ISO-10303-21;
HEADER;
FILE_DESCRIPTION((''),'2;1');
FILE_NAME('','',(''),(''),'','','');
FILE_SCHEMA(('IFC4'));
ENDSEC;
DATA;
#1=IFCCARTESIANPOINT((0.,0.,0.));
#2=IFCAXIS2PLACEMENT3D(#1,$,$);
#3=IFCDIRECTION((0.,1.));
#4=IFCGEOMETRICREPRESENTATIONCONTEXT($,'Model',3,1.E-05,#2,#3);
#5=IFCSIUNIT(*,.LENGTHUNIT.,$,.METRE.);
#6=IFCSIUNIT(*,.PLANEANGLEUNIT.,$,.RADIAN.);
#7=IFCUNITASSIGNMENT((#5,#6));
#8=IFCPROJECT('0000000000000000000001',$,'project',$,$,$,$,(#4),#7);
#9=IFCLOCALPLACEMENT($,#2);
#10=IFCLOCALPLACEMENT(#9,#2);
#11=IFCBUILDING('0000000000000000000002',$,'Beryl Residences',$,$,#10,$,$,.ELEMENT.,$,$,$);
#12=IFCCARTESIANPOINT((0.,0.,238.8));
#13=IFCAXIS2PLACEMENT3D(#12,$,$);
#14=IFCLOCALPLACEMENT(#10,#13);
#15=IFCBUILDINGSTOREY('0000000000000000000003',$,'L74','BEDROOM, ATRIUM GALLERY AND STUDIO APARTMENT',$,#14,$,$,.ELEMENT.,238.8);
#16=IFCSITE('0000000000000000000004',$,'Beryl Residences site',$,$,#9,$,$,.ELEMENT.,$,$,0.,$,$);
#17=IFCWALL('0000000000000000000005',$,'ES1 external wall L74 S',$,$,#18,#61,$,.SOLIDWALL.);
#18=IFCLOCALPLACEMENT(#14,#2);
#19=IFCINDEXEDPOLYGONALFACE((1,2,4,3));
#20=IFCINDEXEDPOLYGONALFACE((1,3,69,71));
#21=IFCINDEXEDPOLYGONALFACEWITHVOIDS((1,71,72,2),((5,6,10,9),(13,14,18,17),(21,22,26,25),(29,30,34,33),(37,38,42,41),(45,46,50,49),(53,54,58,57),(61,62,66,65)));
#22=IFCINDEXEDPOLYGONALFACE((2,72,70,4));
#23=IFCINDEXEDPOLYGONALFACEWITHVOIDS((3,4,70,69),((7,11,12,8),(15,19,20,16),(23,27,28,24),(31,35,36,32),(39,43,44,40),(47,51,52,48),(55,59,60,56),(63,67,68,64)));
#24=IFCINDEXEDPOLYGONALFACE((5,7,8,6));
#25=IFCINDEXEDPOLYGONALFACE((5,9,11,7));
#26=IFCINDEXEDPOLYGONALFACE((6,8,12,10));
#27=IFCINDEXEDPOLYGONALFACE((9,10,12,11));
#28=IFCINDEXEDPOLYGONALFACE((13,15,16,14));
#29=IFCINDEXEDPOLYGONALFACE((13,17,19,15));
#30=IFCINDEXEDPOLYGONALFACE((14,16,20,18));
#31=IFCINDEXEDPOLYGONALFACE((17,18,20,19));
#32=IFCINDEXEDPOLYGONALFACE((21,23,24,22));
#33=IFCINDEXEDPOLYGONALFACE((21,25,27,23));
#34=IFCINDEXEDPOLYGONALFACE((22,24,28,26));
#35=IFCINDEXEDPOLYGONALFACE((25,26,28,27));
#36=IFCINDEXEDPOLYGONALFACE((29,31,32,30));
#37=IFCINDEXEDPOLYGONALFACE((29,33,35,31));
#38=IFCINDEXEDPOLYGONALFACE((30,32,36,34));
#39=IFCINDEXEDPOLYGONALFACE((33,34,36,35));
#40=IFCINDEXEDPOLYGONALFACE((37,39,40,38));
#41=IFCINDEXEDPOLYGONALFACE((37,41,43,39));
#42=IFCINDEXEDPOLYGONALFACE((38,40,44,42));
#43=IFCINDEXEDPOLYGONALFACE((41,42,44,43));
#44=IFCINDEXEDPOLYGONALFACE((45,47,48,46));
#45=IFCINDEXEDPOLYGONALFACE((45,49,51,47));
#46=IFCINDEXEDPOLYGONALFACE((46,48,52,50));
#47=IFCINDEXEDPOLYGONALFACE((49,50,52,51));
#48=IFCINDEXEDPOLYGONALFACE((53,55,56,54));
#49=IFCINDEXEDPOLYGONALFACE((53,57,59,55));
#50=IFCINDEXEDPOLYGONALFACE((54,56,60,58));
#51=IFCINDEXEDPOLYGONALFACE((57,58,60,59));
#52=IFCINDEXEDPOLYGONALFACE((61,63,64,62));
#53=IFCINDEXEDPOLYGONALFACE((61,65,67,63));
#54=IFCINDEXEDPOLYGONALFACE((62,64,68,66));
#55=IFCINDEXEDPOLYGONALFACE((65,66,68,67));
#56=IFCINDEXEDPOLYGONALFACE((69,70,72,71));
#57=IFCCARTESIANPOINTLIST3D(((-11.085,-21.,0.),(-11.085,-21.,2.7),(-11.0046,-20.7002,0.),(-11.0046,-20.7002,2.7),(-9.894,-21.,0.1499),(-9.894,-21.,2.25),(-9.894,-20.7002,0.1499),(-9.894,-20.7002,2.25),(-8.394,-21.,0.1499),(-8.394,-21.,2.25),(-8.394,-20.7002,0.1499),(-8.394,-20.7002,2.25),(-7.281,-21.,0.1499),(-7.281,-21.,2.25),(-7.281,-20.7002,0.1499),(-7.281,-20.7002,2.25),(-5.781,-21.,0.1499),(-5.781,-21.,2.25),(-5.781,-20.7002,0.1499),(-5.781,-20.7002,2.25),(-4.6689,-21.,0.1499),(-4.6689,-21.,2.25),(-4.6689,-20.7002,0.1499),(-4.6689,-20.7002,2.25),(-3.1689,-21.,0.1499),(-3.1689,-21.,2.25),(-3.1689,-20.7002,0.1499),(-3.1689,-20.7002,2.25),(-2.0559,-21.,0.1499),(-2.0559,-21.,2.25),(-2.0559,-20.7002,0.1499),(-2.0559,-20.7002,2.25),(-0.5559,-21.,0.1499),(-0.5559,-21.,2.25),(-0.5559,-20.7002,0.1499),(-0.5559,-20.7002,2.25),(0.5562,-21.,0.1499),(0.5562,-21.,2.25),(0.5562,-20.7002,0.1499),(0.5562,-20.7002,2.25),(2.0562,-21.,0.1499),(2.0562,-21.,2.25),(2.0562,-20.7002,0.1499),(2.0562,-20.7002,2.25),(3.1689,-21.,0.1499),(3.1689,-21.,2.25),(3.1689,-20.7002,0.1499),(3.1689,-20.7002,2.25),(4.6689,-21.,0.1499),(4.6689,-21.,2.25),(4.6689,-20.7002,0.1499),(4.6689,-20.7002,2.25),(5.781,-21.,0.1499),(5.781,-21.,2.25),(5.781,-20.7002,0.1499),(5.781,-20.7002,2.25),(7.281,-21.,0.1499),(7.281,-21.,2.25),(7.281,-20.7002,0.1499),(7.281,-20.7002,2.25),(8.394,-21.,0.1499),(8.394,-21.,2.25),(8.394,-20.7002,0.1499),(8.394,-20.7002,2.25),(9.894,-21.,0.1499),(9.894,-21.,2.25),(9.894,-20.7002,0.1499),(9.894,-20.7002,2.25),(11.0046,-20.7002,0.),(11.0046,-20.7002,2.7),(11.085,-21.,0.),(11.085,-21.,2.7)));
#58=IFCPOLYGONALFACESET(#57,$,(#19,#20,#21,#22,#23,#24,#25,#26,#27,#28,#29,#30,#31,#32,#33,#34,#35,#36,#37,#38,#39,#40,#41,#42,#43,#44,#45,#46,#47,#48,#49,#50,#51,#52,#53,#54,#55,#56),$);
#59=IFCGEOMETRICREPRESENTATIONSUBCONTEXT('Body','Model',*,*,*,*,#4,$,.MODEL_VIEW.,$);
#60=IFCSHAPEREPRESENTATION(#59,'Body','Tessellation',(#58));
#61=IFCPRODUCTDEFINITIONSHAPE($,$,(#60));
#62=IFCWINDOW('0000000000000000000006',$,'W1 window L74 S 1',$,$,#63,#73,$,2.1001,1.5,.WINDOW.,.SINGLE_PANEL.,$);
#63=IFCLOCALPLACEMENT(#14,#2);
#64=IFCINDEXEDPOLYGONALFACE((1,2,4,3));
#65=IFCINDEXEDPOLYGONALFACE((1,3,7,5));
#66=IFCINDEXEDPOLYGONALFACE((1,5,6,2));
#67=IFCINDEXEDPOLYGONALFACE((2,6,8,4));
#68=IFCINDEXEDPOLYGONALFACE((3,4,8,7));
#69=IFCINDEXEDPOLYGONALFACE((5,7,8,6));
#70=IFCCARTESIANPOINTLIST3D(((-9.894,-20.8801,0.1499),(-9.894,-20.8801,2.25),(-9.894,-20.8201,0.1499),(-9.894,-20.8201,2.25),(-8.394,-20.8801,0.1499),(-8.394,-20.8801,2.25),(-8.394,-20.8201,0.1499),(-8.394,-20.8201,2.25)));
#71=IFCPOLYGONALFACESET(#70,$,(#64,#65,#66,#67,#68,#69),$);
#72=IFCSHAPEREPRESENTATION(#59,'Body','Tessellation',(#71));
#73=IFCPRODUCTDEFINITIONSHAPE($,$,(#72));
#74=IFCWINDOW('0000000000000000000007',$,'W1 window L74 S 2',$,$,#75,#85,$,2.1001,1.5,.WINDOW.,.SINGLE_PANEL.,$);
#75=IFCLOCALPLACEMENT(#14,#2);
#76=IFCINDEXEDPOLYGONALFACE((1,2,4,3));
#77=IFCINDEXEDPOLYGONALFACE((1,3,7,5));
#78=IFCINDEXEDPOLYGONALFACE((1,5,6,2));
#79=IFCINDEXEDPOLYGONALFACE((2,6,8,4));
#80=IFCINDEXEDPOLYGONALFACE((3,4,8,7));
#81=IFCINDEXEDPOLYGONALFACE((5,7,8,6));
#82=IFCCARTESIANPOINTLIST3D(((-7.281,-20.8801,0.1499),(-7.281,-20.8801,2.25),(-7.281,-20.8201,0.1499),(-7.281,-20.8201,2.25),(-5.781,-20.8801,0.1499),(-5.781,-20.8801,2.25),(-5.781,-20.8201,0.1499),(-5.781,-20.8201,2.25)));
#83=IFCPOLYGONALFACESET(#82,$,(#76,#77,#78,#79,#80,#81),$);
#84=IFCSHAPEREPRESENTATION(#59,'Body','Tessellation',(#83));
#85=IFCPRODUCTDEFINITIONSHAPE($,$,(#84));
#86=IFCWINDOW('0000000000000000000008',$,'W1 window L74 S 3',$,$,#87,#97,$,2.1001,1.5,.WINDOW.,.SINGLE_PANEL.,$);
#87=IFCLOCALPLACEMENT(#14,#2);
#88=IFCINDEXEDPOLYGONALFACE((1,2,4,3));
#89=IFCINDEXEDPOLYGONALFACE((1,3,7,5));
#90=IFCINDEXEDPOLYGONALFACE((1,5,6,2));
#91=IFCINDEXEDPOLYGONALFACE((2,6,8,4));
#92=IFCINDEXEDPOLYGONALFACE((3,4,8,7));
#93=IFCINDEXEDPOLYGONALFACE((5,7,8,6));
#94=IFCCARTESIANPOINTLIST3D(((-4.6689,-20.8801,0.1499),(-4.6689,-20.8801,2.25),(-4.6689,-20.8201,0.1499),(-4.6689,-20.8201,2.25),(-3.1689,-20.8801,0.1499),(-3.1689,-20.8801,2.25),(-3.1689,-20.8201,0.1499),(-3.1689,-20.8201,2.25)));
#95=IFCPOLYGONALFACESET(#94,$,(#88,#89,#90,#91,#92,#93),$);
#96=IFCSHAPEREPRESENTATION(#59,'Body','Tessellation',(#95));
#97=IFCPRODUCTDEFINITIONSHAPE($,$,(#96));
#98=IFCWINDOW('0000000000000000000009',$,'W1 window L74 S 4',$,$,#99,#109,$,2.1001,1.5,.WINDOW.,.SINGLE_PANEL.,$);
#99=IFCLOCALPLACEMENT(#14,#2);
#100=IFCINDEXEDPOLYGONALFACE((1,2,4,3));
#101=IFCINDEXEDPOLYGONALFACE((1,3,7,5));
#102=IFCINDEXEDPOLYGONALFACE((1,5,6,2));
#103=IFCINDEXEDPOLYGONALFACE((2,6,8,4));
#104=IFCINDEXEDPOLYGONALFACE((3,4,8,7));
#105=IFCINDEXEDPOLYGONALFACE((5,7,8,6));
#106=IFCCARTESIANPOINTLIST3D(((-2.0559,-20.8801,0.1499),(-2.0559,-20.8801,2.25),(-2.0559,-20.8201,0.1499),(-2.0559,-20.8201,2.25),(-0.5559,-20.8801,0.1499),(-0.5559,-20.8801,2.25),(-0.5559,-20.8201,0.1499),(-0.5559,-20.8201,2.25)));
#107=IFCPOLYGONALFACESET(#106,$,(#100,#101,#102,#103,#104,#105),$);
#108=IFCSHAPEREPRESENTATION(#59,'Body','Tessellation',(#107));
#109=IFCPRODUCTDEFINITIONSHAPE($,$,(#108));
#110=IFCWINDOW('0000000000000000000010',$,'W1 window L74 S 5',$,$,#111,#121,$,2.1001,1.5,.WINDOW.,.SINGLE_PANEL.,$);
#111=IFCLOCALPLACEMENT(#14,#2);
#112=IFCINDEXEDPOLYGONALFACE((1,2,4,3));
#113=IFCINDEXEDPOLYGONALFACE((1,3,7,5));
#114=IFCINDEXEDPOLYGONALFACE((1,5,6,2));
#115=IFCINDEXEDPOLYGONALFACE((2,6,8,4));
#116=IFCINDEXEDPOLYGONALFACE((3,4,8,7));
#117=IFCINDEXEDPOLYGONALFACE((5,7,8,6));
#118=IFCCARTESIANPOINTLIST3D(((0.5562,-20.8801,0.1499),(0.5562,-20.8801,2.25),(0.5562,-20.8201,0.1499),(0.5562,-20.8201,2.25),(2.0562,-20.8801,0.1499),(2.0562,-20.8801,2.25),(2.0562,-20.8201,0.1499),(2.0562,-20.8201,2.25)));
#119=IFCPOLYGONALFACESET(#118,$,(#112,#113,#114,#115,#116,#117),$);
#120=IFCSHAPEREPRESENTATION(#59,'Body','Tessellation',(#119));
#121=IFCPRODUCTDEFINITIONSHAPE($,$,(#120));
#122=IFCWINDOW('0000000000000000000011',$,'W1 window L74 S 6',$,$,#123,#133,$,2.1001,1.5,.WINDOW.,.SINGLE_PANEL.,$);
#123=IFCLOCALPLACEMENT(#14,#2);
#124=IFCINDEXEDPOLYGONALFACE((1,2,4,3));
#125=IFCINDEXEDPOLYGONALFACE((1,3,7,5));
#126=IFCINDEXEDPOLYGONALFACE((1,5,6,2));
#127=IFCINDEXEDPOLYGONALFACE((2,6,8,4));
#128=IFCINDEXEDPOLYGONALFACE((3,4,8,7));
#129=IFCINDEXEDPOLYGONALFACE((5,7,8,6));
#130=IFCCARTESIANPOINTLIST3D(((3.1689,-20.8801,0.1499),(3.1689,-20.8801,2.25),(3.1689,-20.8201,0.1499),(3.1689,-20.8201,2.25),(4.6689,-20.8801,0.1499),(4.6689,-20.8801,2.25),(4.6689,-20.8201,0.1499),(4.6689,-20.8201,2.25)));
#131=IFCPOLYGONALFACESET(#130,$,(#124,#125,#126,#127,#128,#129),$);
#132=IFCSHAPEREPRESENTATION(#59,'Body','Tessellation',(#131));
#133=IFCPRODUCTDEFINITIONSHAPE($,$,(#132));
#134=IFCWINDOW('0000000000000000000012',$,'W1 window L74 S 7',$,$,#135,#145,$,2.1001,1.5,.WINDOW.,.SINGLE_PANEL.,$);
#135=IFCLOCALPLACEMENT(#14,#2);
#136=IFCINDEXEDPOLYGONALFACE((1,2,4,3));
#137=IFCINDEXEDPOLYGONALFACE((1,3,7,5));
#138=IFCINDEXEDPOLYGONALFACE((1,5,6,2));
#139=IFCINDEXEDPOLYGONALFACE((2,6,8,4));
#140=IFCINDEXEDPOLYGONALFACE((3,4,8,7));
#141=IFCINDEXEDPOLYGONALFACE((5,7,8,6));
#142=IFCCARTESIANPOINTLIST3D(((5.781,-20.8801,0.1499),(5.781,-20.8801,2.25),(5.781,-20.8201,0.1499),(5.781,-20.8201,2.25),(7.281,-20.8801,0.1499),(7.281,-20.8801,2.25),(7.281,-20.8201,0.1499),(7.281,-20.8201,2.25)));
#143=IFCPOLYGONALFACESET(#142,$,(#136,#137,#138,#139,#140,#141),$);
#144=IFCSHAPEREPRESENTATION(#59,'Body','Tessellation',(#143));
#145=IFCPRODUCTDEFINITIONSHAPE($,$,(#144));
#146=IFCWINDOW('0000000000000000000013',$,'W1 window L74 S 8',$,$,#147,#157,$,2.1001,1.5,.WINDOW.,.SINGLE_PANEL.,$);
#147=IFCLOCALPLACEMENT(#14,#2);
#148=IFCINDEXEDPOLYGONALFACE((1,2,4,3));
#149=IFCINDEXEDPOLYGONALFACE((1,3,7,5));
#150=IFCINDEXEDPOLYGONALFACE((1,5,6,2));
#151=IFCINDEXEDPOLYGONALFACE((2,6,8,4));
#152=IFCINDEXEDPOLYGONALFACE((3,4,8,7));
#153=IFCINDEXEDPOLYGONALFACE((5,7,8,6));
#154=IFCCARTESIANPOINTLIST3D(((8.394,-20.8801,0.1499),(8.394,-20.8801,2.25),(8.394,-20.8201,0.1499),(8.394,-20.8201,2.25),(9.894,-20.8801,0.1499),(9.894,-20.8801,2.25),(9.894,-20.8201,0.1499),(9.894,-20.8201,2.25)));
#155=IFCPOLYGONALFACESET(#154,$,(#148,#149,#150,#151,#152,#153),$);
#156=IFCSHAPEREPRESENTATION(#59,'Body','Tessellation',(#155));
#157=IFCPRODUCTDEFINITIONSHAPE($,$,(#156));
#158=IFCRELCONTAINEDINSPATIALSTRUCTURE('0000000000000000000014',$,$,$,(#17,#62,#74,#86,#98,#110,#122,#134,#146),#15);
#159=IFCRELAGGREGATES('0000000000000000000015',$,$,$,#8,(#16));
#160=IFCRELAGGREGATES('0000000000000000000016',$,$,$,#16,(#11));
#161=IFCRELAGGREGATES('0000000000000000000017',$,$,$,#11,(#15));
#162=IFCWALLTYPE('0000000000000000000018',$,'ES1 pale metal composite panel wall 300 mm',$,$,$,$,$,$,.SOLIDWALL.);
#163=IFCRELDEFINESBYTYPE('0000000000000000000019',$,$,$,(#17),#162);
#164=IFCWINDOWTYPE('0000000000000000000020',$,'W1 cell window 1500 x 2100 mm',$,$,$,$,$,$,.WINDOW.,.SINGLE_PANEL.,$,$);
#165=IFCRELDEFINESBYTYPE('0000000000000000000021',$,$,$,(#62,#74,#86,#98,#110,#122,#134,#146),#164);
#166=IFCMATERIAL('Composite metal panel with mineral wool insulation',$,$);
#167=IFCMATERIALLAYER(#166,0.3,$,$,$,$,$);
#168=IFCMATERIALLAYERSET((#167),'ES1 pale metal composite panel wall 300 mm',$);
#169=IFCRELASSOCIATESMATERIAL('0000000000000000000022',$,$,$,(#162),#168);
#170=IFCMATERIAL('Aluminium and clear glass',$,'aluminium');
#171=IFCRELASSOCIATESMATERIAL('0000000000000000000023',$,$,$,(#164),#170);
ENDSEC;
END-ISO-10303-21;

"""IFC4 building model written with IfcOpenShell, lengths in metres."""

from ifc_helpers import new_model, si_unit, direction, frame, frame_2d, origin, place, context, subcontext, project, spatial, polyline, rectangle, outline, extrude, material, layer, layer_set, type_object, element, fill, save


model = new_model("IFC4")

# Units and contexts
model_context = context("Model", 3, precision=1e-05, world=origin(), true_north=direction((0.0, 1.0)))
body_context = subcontext(model_context, "Body", "Model", "MODEL_VIEW")
ifc_project = project(units=[si_unit("LENGTHUNIT", "METRE"), si_unit("PLANEANGLEUNIT", "RADIAN")], contexts=[model_context])

# Site, building, storey
site_placement = place(None, origin())
site = spatial("IfcSite", under=ifc_project, at=site_placement, Name="Beryl Residences site", CompositionType="ELEMENT", RefElevation=0.0)
building_placement = place(site_placement, origin())
building = spatial("IfcBuilding", under=site, at=building_placement, Name="Beryl Residences", CompositionType="ELEMENT")
storey_placement = place(building_placement, frame((0.0, 0.0, 238.8)))
storey = spatial("IfcBuildingStorey", under=building, at=storey_placement, Name="L74", Description="BEDROOM, ATRIUM GALLERY AND STUDIO APARTMENT", CompositionType="ELEMENT", Elevation=238.8)

# Wall, openings, windows
ifc_material_1 = material(Name="Composite metal panel with mineral wool insulation")
ifc_layer_1 = layer(ifc_material_1, 0.3)
ifc_layer_set_1 = layer_set([ifc_layer_1], Name="ES1 pale metal composite panel wall 300 mm")
wall_type_1 = type_object("IfcWallType", Name="ES1 pale metal composite panel wall 300 mm", PredefinedType="SOLIDWALL", material=ifc_layer_set_1)
wall_1_placement = place(storey_placement, frame((-11.085, -20.8501, 0.0), z_axis=(0.0, 0.0, 1.0), x_axis=(1.0, 0.0, 0.0)))
wall_1 = element("IfcWall", 1, at=wall_1_placement, inside=storey, type_object=wall_type_1, Name="ES1 external wall L74 S", PredefinedType="SOLIDWALL", context=body_context, shape_type="SweptSolid", body=[
    extrude(outline(polyline([(0.0, -0.1499), (22.1699, -0.1499), (22.0896, 0.1499), (0.0803, 0.1499), (0.0, -0.1499)])), origin(), (0.0, 0.0, 1.0), 2.7),
])
opening_1_placement = place(wall_1_placement, frame((1.1909, 0.0, 0.1499)))
opening_1 = element("IfcOpeningElement", 2, at=opening_1_placement, cuts=wall_1, PredefinedType="OPENING", context=body_context, shape_type="SweptSolid", body=[
    extrude(rectangle(XDim=1.5, YDim=2.1001, at=frame_2d((0.75, 1.05))), frame((0.0, 0.1599, 0.0), z_axis=(0.0, -1.0, 0.0), x_axis=(1.0, 0.0, 0.0)), (0.0, 0.0, 1.0), 0.3201),
])
opening_2_placement = place(wall_1_placement, frame((3.804, 0.0, 0.1499)))
opening_2 = element("IfcOpeningElement", 3, at=opening_2_placement, cuts=wall_1, PredefinedType="OPENING", context=body_context, shape_type="SweptSolid", body=[
    extrude(rectangle(XDim=1.5, YDim=2.1001, at=frame_2d((0.75, 1.05))), frame((0.0, 0.1599, 0.0), z_axis=(0.0, -1.0, 0.0), x_axis=(1.0, 0.0, 0.0)), (0.0, 0.0, 1.0), 0.3201),
])
opening_3_placement = place(wall_1_placement, frame((6.416, 0.0, 0.1499)))
opening_3 = element("IfcOpeningElement", 4, at=opening_3_placement, cuts=wall_1, PredefinedType="OPENING", context=body_context, shape_type="SweptSolid", body=[
    extrude(rectangle(XDim=1.5, YDim=2.1001, at=frame_2d((0.75, 1.05))), frame((0.0, 0.1599, 0.0), z_axis=(0.0, -1.0, 0.0), x_axis=(1.0, 0.0, 0.0)), (0.0, 0.0, 1.0), 0.3201),
])
opening_4_placement = place(wall_1_placement, frame((9.0291, 0.0, 0.1499)))
opening_4 = element("IfcOpeningElement", 5, at=opening_4_placement, cuts=wall_1, PredefinedType="OPENING", context=body_context, shape_type="SweptSolid", body=[
    extrude(rectangle(XDim=1.5, YDim=2.1001, at=frame_2d((0.75, 1.05))), frame((0.0, 0.1599, 0.0), z_axis=(0.0, -1.0, 0.0), x_axis=(1.0, 0.0, 0.0)), (0.0, 0.0, 1.0), 0.3201),
])
opening_5_placement = place(wall_1_placement, frame((11.6411, 0.0, 0.1499)))
opening_5 = element("IfcOpeningElement", 6, at=opening_5_placement, cuts=wall_1, PredefinedType="OPENING", context=body_context, shape_type="SweptSolid", body=[
    extrude(rectangle(XDim=1.5, YDim=2.1001, at=frame_2d((0.75, 1.05))), frame((0.0, 0.1599, 0.0), z_axis=(0.0, -1.0, 0.0), x_axis=(1.0, 0.0, 0.0)), (0.0, 0.0, 1.0), 0.3201),
])
opening_6_placement = place(wall_1_placement, frame((14.2539, 0.0, 0.1499)))
opening_6 = element("IfcOpeningElement", 7, at=opening_6_placement, cuts=wall_1, PredefinedType="OPENING", context=body_context, shape_type="SweptSolid", body=[
    extrude(rectangle(XDim=1.5, YDim=2.1001, at=frame_2d((0.75, 1.05))), frame((0.0, 0.1599, 0.0), z_axis=(0.0, -1.0, 0.0), x_axis=(1.0, 0.0, 0.0)), (0.0, 0.0, 1.0), 0.3201),
])
opening_7_placement = place(wall_1_placement, frame((16.866, 0.0, 0.1499)))
opening_7 = element("IfcOpeningElement", 8, at=opening_7_placement, cuts=wall_1, PredefinedType="OPENING", context=body_context, shape_type="SweptSolid", body=[
    extrude(rectangle(XDim=1.5, YDim=2.1001, at=frame_2d((0.75, 1.05))), frame((0.0, 0.1599, 0.0), z_axis=(0.0, -1.0, 0.0), x_axis=(1.0, 0.0, 0.0)), (0.0, 0.0, 1.0), 0.3201),
])
opening_8_placement = place(wall_1_placement, frame((19.479, 0.0, 0.1499)))
opening_8 = element("IfcOpeningElement", 9, at=opening_8_placement, cuts=wall_1, PredefinedType="OPENING", context=body_context, shape_type="SweptSolid", body=[
    extrude(rectangle(XDim=1.5, YDim=2.1001, at=frame_2d((0.75, 1.05))), frame((0.0, 0.1599, 0.0), z_axis=(0.0, -1.0, 0.0), x_axis=(1.0, 0.0, 0.0)), (0.0, 0.0, 1.0), 0.3201),
])
ifc_material_2 = material(Name="Aluminium and clear glass", Category="aluminium")
window_type = type_object("IfcWindowType", Name="W1 cell window 1500 x 2100 mm", PartitioningType="SINGLE_PANEL", PredefinedType="WINDOW", material=ifc_material_2)
window_1_placement = place(opening_1_placement, origin())
window_1 = element("IfcWindow", 10, at=window_1_placement, inside=storey, type_object=window_type, Name="W1 window L74 S 1", OverallHeight=2.1001, OverallWidth=1.5, PartitioningType="SINGLE_PANEL", PredefinedType="WINDOW", context=body_context, shape_type="SweptSolid", body=[
    extrude(rectangle(XDim=1.5, YDim=2.1001, at=frame_2d((0.75, 1.05))), frame((0.0, 0.03, 0.0), z_axis=(0.0, -1.0, 0.0), x_axis=(1.0, 0.0, 0.0)), (0.0, 0.0, 1.0), 0.0601),
])
fill(opening_1, window_1)
window_2_placement = place(opening_2_placement, origin())
window_2 = element("IfcWindow", 11, at=window_2_placement, inside=storey, type_object=window_type, Name="W1 window L74 S 2", OverallHeight=2.1001, OverallWidth=1.5, PartitioningType="SINGLE_PANEL", PredefinedType="WINDOW", context=body_context, shape_type="SweptSolid", body=[
    extrude(rectangle(XDim=1.5, YDim=2.1001, at=frame_2d((0.75, 1.05))), frame((0.0, 0.03, 0.0), z_axis=(0.0, -1.0, 0.0), x_axis=(1.0, 0.0, 0.0)), (0.0, 0.0, 1.0), 0.0601),
])
fill(opening_2, window_2)
window_3_placement = place(opening_3_placement, origin())
window_3 = element("IfcWindow", 12, at=window_3_placement, inside=storey, type_object=window_type, Name="W1 window L74 S 3", OverallHeight=2.1001, OverallWidth=1.5, PartitioningType="SINGLE_PANEL", PredefinedType="WINDOW", context=body_context, shape_type="SweptSolid", body=[
    extrude(rectangle(XDim=1.5, YDim=2.1001, at=frame_2d((0.75, 1.05))), frame((0.0, 0.03, 0.0), z_axis=(0.0, -1.0, 0.0), x_axis=(1.0, 0.0, 0.0)), (0.0, 0.0, 1.0), 0.0601),
])
fill(opening_3, window_3)
window_4_placement = place(opening_4_placement, origin())
window_4 = element("IfcWindow", 13, at=window_4_placement, inside=storey, type_object=window_type, Name="W1 window L74 S 4", OverallHeight=2.1001, OverallWidth=1.5, PartitioningType="SINGLE_PANEL", PredefinedType="WINDOW", context=body_context, shape_type="SweptSolid", body=[
    extrude(rectangle(XDim=1.5, YDim=2.1001, at=frame_2d((0.75, 1.05))), frame((0.0, 0.03, 0.0), z_axis=(0.0, -1.0, 0.0), x_axis=(1.0, 0.0, 0.0)), (0.0, 0.0, 1.0), 0.0601),
])
fill(opening_4, window_4)
window_5_placement = place(opening_5_placement, origin())
window_5 = element("IfcWindow", 14, at=window_5_placement, inside=storey, type_object=window_type, Name="W1 window L74 S 5", OverallHeight=2.1001, OverallWidth=1.5, PartitioningType="SINGLE_PANEL", PredefinedType="WINDOW", context=body_context, shape_type="SweptSolid", body=[
    extrude(rectangle(XDim=1.5, YDim=2.1001, at=frame_2d((0.75, 1.05))), frame((0.0, 0.03, 0.0), z_axis=(0.0, -1.0, 0.0), x_axis=(1.0, 0.0, 0.0)), (0.0, 0.0, 1.0), 0.0601),
])
fill(opening_5, window_5)
window_6_placement = place(opening_6_placement, origin())
window_6 = element("IfcWindow", 15, at=window_6_placement, inside=storey, type_object=window_type, Name="W1 window L74 S 6", OverallHeight=2.1001, OverallWidth=1.5, PartitioningType="SINGLE_PANEL", PredefinedType="WINDOW", context=body_context, shape_type="SweptSolid", body=[
    extrude(rectangle(XDim=1.5, YDim=2.1001, at=frame_2d((0.75, 1.05))), frame((0.0, 0.03, 0.0), z_axis=(0.0, -1.0, 0.0), x_axis=(1.0, 0.0, 0.0)), (0.0, 0.0, 1.0), 0.0601),
])
fill(opening_6, window_6)
window_7_placement = place(opening_7_placement, origin())
window_7 = element("IfcWindow", 16, at=window_7_placement, inside=storey, type_object=window_type, Name="W1 window L74 S 7", OverallHeight=2.1001, OverallWidth=1.5, PartitioningType="SINGLE_PANEL", PredefinedType="WINDOW", context=body_context, shape_type="SweptSolid", body=[
    extrude(rectangle(XDim=1.5, YDim=2.1001, at=frame_2d((0.75, 1.05))), frame((0.0, 0.03, 0.0), z_axis=(0.0, -1.0, 0.0), x_axis=(1.0, 0.0, 0.0)), (0.0, 0.0, 1.0), 0.0601),
])
fill(opening_7, window_7)
window_8_placement = place(opening_8_placement, origin())
window_8 = element("IfcWindow", 17, at=window_8_placement, inside=storey, type_object=window_type, Name="W1 window L74 S 8", OverallHeight=2.1001, OverallWidth=1.5, PartitioningType="SINGLE_PANEL", PredefinedType="WINDOW", context=body_context, shape_type="SweptSolid", body=[
    extrude(rectangle(XDim=1.5, YDim=2.1001, at=frame_2d((0.75, 1.05))), frame((0.0, 0.03, 0.0), z_axis=(0.0, -1.0, 0.0), x_axis=(1.0, 0.0, 0.0)), (0.0, 0.0, 1.0), 0.0601),
])
fill(opening_8, window_8)

save(model, "model.ifc")
